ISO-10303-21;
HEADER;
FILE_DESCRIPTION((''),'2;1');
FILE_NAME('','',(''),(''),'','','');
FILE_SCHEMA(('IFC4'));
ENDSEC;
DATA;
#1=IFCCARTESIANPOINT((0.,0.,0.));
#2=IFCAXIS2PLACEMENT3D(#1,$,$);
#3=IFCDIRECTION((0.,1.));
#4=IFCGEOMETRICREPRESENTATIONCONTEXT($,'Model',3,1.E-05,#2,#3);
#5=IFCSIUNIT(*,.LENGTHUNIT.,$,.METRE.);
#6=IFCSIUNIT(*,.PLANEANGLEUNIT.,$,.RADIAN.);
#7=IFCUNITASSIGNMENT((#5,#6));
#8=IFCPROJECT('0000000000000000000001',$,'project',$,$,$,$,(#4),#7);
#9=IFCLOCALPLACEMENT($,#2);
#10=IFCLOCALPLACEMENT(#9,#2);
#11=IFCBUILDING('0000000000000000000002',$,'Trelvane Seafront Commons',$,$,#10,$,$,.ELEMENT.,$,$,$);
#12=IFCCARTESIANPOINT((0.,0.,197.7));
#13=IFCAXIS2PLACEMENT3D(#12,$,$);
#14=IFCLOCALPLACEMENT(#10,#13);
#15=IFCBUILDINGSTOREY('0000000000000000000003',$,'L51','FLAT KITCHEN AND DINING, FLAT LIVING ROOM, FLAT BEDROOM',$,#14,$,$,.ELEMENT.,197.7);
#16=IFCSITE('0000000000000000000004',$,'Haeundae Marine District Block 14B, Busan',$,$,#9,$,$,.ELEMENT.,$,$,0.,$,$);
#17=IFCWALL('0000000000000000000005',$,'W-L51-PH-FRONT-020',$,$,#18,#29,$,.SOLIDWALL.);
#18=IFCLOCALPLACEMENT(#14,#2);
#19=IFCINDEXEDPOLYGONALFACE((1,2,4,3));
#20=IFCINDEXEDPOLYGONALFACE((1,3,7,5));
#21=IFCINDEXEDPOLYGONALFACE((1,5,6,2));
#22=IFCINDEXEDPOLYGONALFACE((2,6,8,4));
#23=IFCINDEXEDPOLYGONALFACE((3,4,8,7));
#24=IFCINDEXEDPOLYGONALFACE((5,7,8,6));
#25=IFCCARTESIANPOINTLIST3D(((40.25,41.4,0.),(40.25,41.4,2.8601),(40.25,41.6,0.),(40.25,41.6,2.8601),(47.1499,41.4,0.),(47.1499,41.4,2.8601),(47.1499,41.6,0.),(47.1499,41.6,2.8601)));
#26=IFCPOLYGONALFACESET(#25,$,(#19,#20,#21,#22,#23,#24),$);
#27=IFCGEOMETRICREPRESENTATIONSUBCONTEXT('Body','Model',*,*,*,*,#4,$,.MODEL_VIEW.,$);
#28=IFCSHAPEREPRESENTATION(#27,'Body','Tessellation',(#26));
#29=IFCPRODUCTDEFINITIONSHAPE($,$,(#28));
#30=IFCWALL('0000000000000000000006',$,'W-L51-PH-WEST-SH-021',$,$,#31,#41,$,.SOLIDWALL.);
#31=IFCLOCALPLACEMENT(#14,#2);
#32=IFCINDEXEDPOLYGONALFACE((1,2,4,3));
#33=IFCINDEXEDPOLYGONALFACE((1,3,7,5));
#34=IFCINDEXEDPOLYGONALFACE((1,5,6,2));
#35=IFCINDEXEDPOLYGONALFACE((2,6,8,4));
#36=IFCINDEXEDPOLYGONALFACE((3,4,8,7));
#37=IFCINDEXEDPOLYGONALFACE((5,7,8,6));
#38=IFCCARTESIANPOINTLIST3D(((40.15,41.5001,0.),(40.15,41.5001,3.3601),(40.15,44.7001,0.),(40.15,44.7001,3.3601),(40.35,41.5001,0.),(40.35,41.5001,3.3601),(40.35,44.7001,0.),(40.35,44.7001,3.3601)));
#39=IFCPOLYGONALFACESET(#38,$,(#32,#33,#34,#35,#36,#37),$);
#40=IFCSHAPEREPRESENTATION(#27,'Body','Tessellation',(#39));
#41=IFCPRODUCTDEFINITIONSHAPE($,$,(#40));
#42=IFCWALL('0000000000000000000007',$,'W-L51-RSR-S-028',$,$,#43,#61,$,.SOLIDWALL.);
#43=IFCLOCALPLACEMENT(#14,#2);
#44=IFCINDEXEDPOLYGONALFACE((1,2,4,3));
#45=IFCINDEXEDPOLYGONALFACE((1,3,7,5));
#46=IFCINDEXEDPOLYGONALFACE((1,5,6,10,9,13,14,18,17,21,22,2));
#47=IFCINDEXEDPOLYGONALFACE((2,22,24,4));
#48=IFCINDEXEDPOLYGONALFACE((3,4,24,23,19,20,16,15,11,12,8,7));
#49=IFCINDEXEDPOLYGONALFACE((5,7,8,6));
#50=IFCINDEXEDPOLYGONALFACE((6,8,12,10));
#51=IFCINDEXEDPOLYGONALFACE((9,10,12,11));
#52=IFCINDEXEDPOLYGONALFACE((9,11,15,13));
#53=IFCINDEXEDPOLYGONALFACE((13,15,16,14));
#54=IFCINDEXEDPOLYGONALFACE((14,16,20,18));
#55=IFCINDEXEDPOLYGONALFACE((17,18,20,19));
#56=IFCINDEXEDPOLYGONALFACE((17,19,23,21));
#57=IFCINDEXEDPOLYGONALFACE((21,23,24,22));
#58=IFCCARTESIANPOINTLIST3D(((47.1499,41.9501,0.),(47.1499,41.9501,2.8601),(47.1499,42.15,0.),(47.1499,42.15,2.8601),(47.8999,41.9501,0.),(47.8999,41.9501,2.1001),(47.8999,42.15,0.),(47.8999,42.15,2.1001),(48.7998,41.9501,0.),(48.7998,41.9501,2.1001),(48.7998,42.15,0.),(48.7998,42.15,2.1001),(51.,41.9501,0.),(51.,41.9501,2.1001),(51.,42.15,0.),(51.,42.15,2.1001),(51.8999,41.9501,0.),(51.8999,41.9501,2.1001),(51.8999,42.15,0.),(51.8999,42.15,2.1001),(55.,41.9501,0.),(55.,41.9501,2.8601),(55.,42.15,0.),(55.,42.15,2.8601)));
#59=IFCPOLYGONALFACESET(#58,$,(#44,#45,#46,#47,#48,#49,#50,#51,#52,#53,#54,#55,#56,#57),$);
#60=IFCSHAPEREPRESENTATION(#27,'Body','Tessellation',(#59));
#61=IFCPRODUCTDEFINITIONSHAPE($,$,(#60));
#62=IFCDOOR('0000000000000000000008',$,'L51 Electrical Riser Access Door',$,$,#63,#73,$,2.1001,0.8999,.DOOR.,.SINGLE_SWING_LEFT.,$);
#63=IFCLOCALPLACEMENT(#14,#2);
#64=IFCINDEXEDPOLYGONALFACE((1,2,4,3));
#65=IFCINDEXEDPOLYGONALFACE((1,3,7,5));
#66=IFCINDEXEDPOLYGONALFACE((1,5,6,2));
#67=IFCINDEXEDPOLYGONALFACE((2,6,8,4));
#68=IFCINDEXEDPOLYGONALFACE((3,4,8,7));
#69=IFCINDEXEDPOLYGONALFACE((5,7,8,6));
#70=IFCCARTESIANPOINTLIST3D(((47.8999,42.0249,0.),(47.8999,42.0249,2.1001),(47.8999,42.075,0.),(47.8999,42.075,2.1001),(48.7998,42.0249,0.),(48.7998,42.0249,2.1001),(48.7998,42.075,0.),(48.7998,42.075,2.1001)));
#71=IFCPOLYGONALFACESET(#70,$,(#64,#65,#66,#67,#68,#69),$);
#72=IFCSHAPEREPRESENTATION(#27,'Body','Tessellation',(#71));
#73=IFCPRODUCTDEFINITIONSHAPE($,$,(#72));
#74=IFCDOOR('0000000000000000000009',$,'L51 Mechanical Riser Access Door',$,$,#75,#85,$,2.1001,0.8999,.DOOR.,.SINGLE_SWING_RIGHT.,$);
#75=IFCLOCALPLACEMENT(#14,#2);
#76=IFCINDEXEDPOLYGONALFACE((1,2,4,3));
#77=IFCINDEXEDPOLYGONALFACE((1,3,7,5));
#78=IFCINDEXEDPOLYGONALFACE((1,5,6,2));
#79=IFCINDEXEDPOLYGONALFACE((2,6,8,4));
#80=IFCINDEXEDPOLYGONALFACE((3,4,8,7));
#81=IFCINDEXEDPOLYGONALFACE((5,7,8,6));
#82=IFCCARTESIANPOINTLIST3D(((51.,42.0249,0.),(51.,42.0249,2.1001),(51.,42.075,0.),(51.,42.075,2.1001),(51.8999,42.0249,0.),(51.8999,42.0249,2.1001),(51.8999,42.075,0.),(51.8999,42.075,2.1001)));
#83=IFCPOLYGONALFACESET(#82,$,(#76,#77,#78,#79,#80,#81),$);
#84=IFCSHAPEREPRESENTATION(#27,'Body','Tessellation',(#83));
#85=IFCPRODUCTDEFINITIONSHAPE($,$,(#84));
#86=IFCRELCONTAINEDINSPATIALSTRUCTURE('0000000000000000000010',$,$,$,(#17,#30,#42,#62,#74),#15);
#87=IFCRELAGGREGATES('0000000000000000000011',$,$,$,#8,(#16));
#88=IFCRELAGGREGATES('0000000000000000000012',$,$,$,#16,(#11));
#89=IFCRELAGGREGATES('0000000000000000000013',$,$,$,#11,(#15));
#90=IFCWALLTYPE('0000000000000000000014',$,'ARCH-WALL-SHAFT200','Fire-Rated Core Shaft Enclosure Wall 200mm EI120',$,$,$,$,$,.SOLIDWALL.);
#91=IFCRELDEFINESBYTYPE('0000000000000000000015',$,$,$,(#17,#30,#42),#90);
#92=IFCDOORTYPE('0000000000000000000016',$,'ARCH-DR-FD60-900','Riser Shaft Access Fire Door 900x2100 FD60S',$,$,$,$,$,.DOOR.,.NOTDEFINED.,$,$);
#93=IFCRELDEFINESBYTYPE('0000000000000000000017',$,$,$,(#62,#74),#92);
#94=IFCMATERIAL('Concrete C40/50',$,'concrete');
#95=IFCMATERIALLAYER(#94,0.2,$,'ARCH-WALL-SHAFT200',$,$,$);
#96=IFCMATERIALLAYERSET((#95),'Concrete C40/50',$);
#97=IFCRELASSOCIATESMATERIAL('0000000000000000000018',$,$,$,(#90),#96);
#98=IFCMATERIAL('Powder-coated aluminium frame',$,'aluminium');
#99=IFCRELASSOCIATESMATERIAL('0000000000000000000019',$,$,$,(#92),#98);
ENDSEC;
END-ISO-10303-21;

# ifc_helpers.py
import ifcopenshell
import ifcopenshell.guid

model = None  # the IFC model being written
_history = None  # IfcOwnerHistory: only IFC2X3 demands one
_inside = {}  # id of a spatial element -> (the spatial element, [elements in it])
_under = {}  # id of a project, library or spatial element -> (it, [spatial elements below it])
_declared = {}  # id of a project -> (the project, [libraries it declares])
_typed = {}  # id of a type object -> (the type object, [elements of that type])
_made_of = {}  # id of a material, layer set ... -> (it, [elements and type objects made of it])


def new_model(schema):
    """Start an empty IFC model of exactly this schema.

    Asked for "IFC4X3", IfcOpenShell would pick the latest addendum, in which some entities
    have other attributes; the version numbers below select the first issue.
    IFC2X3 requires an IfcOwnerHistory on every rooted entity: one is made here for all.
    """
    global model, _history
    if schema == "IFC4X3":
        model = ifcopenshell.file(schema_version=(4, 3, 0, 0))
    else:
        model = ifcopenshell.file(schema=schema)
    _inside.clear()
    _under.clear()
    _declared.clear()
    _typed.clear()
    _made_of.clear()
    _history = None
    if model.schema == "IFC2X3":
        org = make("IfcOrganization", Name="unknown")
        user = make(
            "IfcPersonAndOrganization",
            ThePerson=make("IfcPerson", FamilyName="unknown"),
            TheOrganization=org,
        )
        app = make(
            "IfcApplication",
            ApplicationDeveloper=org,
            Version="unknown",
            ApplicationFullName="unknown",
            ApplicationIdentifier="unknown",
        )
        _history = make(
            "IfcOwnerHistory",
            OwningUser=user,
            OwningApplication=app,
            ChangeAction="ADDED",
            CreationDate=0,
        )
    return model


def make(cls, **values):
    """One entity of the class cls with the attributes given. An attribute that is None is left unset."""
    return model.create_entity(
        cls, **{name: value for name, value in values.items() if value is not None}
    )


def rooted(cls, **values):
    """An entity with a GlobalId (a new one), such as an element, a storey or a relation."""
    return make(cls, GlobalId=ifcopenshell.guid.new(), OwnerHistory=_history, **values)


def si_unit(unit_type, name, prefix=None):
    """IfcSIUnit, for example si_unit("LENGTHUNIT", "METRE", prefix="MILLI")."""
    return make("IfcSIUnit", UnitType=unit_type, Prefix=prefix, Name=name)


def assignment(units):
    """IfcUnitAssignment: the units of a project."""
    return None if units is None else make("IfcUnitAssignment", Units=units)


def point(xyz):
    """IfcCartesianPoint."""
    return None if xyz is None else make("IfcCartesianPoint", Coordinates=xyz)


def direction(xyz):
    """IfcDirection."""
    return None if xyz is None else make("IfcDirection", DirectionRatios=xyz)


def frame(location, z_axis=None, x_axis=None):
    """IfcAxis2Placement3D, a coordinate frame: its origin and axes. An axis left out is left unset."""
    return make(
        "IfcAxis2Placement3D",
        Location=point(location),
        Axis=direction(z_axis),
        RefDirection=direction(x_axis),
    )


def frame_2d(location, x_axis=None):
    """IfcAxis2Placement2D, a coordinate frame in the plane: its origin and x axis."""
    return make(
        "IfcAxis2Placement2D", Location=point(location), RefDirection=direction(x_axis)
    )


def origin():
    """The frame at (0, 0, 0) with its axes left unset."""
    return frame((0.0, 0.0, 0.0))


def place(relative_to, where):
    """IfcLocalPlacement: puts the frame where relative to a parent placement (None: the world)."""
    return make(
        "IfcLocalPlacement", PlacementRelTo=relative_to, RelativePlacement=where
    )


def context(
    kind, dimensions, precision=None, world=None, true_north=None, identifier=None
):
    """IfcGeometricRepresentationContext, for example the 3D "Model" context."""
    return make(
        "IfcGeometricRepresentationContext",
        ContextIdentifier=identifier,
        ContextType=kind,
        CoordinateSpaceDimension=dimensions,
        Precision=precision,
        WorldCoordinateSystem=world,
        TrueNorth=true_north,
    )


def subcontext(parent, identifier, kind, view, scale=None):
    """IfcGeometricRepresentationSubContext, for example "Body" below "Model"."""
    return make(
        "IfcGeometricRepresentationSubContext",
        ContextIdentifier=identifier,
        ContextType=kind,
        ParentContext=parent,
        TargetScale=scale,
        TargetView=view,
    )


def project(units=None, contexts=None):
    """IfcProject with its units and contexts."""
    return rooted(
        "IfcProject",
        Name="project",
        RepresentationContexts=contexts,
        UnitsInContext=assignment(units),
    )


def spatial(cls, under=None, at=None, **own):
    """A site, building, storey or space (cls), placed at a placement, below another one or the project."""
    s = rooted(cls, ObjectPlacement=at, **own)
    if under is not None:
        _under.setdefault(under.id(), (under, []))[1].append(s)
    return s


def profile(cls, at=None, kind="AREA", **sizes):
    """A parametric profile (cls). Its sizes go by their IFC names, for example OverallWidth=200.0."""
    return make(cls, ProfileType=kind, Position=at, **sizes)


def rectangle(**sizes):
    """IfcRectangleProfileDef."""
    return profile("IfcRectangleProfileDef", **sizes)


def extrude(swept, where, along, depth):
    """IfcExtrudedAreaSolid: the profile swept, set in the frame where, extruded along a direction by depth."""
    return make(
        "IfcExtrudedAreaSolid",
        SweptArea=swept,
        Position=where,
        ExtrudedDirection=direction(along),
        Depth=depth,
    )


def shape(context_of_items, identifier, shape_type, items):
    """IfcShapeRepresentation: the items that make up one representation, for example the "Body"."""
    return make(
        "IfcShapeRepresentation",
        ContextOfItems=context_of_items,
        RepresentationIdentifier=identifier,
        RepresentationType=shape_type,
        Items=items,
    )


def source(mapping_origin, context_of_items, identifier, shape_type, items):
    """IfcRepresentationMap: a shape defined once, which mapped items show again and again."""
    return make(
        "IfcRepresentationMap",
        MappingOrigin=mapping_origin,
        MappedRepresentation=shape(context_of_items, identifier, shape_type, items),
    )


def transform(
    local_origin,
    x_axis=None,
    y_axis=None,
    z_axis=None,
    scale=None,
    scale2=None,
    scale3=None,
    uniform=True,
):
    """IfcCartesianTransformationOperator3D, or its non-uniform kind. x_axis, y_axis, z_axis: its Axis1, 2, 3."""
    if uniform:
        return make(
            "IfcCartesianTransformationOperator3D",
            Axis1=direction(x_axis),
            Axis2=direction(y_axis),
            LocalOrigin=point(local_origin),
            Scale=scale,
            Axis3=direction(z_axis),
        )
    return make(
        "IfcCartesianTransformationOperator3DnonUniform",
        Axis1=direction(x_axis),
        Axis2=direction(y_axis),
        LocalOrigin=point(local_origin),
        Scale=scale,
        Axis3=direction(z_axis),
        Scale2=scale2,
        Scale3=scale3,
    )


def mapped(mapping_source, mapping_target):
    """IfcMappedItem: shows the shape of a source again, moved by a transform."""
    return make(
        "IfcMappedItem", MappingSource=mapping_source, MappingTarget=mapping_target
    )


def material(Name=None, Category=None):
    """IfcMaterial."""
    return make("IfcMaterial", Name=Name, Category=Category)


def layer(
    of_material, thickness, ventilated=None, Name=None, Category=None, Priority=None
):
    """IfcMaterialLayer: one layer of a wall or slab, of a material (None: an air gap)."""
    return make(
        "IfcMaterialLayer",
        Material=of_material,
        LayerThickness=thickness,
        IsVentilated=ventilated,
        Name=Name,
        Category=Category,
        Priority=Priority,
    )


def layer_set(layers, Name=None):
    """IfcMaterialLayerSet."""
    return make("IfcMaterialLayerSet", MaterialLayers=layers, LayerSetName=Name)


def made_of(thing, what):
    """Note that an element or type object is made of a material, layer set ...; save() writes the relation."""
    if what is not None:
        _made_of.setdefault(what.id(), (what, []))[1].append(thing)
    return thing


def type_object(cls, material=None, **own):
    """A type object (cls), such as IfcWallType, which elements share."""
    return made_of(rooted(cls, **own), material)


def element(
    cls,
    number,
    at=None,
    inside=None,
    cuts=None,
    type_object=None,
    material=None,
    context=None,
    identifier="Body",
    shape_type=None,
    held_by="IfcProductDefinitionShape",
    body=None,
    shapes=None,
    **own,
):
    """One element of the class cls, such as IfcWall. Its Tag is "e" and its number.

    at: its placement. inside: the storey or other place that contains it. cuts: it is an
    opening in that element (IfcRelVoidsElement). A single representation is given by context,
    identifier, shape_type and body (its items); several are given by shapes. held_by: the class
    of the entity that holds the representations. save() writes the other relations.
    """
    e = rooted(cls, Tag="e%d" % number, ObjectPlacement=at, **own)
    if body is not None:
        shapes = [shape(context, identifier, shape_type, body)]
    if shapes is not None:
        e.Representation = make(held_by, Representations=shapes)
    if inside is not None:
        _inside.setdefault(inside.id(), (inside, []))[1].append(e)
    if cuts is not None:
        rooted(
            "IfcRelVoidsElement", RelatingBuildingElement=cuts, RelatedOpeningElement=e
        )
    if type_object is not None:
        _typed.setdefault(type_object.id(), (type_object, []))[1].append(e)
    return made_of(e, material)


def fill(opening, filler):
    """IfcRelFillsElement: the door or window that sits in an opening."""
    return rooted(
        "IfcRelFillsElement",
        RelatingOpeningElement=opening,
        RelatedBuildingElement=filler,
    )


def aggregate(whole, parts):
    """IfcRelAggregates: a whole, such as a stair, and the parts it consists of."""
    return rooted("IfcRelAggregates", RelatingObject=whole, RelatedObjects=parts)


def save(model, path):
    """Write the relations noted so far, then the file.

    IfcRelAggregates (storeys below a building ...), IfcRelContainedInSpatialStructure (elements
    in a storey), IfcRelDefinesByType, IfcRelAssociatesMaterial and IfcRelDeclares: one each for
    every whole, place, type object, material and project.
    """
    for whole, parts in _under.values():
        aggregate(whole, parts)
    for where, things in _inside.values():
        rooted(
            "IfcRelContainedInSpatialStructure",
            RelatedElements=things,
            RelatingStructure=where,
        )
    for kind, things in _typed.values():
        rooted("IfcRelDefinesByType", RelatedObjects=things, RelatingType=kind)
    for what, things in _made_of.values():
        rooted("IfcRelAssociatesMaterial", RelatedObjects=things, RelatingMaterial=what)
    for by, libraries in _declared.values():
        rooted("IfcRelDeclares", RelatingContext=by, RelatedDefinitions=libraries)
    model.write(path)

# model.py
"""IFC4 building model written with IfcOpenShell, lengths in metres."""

from ifc_helpers import new_model, si_unit, direction, frame, frame_2d, origin, place, context, subcontext, project, spatial, rectangle, extrude, source, transform, mapped, material, layer, layer_set, type_object, element, fill, save


model = new_model("IFC4")

# Units and contexts
model_context = context("Model", 3, precision=1e-05, world=origin(), true_north=direction((0.0, 1.0)))
body_context = subcontext(model_context, "Body", "Model", "MODEL_VIEW")
ifc_project = project(units=[si_unit("LENGTHUNIT", "METRE"), si_unit("PLANEANGLEUNIT", "RADIAN")], contexts=[model_context])

# Site, building, storey
site_placement = place(None, origin())
site = spatial("IfcSite", under=ifc_project, at=site_placement, Name="Haeundae Marine District Block 14B, Busan", CompositionType="ELEMENT", RefElevation=0.0)
building_placement = place(site_placement, origin())
building = spatial("IfcBuilding", under=site, at=building_placement, Name="Trelvane Seafront Commons", CompositionType="ELEMENT")
storey_placement = place(building_placement, frame((0.0, 0.0, 197.7)))
storey = spatial("IfcBuildingStorey", under=building, at=storey_placement, Name="L51", Description="FLAT KITCHEN AND DINING, FLAT LIVING ROOM, FLAT BEDROOM", CompositionType="ELEMENT", Elevation=197.7)

# Shared definitions
ifc_material_1 = material(Name="Concrete C40/50", Category="concrete")
ifc_material_2 = material(Name="Powder-coated aluminium frame", Category="aluminium")

# Walls
ifc_layer_1 = layer(ifc_material_1, 0.2, Name="ARCH-WALL-SHAFT200")
ifc_layer_set_1 = layer_set([ifc_layer_1], Name="Concrete C40/50")
wall_type_1 = type_object("IfcWallType", Name="ARCH-WALL-SHAFT200", Description="Fire-Rated Core Shaft Enclosure Wall 200mm EI120", PredefinedType="SOLIDWALL", material=ifc_layer_set_1)
wall_1_placement = place(storey_placement, frame((40.25, 41.5, 0.0), z_axis=(0.0, 0.0, 1.0), x_axis=(1.0, 0.0, 0.0)))
element("IfcWall", 1, at=wall_1_placement, inside=storey, type_object=wall_type_1, Name="W-L51-PH-FRONT-020", PredefinedType="SOLIDWALL", context=body_context, shape_type="SweptSolid", body=[
    extrude(rectangle(XDim=6.8999, YDim=0.2, at=frame_2d((3.45, 0.0))), origin(), (0.0, 0.0, 1.0), 2.8601),
])
wall_2_placement = place(storey_placement, frame((40.25, 41.5, 0.0), z_axis=(0.0, 0.0, 1.0), x_axis=(0.0, 1.0, 0.0)))
element("IfcWall", 2, at=wall_2_placement, inside=storey, type_object=wall_type_1, Name="W-L51-PH-WEST-SH-021", PredefinedType="SOLIDWALL", context=body_context, shape_type="SweptSolid", body=[
    extrude(rectangle(XDim=3.2, YDim=0.2, at=frame_2d((1.6001, 0.0))), origin(), (0.0, 0.0, 1.0), 3.3601),
])

# Wall, openings, doors
wall_3_placement = place(storey_placement, frame((47.1499, 42.05, 0.0), z_axis=(0.0, 0.0, 1.0), x_axis=(1.0, 0.0, 0.0)))
wall_3 = element("IfcWall", 3, at=wall_3_placement, inside=storey, type_object=wall_type_1, Name="W-L51-RSR-S-028", PredefinedType="SOLIDWALL", context=body_context, shape_type="SweptSolid", body=[
    extrude(rectangle(XDim=7.8501, YDim=0.2, at=frame_2d((3.925, 0.0))), origin(), (0.0, 0.0, 1.0), 2.8601),
])
opening_1_placement = place(wall_3_placement, frame((0.75, 0.0, 0.0)))
opening_1 = element("IfcOpeningElement", 4, at=opening_1_placement, cuts=wall_3, PredefinedType="OPENING", context=body_context, shape_type="SweptSolid", body=[
    extrude(rectangle(XDim=0.8999, YDim=2.1001, at=frame_2d((0.45, 1.05))), frame((0.0, 0.1099, 0.0), z_axis=(0.0, -1.0, 0.0), x_axis=(1.0, 0.0, 0.0)), (0.0, 0.0, 1.0), 0.22),
])
opening_2_placement = place(wall_3_placement, frame((3.8501, 0.0, 0.0)))
opening_2 = element("IfcOpeningElement", 5, at=opening_2_placement, cuts=wall_3, PredefinedType="OPENING", context=body_context, shape_type="SweptSolid", body=[
    extrude(rectangle(XDim=0.8999, YDim=2.1001, at=frame_2d((0.45, 1.05))), frame((0.0, 0.1099, 0.0), z_axis=(0.0, -1.0, 0.0), x_axis=(1.0, 0.0, 0.0)), (0.0, 0.0, 1.0), 0.22),
])
door_type_1 = type_object("IfcDoorType", Name="ARCH-DR-FD60-900", Description="Riser Shaft Access Fire Door 900x2100 FD60S", OperationType="NOTDEFINED", PredefinedType="DOOR", material=ifc_material_2)
shared_shape_1 = source(origin(), body_context, "Body", "SweptSolid", [
    extrude(rectangle(XDim=0.8999, YDim=2.1001, at=frame_2d((0.45, 1.05))), frame((0.0, 0.0249, 0.0), z_axis=(0.0, -1.0, 0.0), x_axis=(1.0, 0.0, 0.0)), (0.0, 0.0, 1.0), 0.05),
])
door_1_placement = place(opening_1_placement, origin())
door_1 = element("IfcDoor", 6, at=door_1_placement, inside=storey, type_object=door_type_1, Name="L51 Electrical Riser Access Door", OperationType="SINGLE_SWING_LEFT", OverallHeight=2.1001, OverallWidth=0.8999, PredefinedType="DOOR", context=body_context, shape_type="MappedRepresentation", body=[
    mapped(shared_shape_1, transform((0.0, 0.0, 0.0), x_axis=(1.0, 0.0, 0.0), y_axis=(0.0, 1.0, 0.0), z_axis=(0.0, 0.0, 1.0), scale=1.0)),
])
fill(opening_1, door_1)
door_2_placement = place(opening_2_placement, origin())
door_2 = element("IfcDoor", 7, at=door_2_placement, inside=storey, type_object=door_type_1, Name="L51 Mechanical Riser Access Door", OperationType="SINGLE_SWING_RIGHT", OverallHeight=2.1001, OverallWidth=0.8999, PredefinedType="DOOR", context=body_context, shape_type="MappedRepresentation", body=[
    mapped(shared_shape_1, transform((0.0, 0.0, 0.0), x_axis=(1.0, 0.0, 0.0), y_axis=(0.0, 1.0, 0.0), z_axis=(0.0, 0.0, 1.0), scale=1.0)),
])
fill(opening_2, door_2)

save(model, "model.ifc")
